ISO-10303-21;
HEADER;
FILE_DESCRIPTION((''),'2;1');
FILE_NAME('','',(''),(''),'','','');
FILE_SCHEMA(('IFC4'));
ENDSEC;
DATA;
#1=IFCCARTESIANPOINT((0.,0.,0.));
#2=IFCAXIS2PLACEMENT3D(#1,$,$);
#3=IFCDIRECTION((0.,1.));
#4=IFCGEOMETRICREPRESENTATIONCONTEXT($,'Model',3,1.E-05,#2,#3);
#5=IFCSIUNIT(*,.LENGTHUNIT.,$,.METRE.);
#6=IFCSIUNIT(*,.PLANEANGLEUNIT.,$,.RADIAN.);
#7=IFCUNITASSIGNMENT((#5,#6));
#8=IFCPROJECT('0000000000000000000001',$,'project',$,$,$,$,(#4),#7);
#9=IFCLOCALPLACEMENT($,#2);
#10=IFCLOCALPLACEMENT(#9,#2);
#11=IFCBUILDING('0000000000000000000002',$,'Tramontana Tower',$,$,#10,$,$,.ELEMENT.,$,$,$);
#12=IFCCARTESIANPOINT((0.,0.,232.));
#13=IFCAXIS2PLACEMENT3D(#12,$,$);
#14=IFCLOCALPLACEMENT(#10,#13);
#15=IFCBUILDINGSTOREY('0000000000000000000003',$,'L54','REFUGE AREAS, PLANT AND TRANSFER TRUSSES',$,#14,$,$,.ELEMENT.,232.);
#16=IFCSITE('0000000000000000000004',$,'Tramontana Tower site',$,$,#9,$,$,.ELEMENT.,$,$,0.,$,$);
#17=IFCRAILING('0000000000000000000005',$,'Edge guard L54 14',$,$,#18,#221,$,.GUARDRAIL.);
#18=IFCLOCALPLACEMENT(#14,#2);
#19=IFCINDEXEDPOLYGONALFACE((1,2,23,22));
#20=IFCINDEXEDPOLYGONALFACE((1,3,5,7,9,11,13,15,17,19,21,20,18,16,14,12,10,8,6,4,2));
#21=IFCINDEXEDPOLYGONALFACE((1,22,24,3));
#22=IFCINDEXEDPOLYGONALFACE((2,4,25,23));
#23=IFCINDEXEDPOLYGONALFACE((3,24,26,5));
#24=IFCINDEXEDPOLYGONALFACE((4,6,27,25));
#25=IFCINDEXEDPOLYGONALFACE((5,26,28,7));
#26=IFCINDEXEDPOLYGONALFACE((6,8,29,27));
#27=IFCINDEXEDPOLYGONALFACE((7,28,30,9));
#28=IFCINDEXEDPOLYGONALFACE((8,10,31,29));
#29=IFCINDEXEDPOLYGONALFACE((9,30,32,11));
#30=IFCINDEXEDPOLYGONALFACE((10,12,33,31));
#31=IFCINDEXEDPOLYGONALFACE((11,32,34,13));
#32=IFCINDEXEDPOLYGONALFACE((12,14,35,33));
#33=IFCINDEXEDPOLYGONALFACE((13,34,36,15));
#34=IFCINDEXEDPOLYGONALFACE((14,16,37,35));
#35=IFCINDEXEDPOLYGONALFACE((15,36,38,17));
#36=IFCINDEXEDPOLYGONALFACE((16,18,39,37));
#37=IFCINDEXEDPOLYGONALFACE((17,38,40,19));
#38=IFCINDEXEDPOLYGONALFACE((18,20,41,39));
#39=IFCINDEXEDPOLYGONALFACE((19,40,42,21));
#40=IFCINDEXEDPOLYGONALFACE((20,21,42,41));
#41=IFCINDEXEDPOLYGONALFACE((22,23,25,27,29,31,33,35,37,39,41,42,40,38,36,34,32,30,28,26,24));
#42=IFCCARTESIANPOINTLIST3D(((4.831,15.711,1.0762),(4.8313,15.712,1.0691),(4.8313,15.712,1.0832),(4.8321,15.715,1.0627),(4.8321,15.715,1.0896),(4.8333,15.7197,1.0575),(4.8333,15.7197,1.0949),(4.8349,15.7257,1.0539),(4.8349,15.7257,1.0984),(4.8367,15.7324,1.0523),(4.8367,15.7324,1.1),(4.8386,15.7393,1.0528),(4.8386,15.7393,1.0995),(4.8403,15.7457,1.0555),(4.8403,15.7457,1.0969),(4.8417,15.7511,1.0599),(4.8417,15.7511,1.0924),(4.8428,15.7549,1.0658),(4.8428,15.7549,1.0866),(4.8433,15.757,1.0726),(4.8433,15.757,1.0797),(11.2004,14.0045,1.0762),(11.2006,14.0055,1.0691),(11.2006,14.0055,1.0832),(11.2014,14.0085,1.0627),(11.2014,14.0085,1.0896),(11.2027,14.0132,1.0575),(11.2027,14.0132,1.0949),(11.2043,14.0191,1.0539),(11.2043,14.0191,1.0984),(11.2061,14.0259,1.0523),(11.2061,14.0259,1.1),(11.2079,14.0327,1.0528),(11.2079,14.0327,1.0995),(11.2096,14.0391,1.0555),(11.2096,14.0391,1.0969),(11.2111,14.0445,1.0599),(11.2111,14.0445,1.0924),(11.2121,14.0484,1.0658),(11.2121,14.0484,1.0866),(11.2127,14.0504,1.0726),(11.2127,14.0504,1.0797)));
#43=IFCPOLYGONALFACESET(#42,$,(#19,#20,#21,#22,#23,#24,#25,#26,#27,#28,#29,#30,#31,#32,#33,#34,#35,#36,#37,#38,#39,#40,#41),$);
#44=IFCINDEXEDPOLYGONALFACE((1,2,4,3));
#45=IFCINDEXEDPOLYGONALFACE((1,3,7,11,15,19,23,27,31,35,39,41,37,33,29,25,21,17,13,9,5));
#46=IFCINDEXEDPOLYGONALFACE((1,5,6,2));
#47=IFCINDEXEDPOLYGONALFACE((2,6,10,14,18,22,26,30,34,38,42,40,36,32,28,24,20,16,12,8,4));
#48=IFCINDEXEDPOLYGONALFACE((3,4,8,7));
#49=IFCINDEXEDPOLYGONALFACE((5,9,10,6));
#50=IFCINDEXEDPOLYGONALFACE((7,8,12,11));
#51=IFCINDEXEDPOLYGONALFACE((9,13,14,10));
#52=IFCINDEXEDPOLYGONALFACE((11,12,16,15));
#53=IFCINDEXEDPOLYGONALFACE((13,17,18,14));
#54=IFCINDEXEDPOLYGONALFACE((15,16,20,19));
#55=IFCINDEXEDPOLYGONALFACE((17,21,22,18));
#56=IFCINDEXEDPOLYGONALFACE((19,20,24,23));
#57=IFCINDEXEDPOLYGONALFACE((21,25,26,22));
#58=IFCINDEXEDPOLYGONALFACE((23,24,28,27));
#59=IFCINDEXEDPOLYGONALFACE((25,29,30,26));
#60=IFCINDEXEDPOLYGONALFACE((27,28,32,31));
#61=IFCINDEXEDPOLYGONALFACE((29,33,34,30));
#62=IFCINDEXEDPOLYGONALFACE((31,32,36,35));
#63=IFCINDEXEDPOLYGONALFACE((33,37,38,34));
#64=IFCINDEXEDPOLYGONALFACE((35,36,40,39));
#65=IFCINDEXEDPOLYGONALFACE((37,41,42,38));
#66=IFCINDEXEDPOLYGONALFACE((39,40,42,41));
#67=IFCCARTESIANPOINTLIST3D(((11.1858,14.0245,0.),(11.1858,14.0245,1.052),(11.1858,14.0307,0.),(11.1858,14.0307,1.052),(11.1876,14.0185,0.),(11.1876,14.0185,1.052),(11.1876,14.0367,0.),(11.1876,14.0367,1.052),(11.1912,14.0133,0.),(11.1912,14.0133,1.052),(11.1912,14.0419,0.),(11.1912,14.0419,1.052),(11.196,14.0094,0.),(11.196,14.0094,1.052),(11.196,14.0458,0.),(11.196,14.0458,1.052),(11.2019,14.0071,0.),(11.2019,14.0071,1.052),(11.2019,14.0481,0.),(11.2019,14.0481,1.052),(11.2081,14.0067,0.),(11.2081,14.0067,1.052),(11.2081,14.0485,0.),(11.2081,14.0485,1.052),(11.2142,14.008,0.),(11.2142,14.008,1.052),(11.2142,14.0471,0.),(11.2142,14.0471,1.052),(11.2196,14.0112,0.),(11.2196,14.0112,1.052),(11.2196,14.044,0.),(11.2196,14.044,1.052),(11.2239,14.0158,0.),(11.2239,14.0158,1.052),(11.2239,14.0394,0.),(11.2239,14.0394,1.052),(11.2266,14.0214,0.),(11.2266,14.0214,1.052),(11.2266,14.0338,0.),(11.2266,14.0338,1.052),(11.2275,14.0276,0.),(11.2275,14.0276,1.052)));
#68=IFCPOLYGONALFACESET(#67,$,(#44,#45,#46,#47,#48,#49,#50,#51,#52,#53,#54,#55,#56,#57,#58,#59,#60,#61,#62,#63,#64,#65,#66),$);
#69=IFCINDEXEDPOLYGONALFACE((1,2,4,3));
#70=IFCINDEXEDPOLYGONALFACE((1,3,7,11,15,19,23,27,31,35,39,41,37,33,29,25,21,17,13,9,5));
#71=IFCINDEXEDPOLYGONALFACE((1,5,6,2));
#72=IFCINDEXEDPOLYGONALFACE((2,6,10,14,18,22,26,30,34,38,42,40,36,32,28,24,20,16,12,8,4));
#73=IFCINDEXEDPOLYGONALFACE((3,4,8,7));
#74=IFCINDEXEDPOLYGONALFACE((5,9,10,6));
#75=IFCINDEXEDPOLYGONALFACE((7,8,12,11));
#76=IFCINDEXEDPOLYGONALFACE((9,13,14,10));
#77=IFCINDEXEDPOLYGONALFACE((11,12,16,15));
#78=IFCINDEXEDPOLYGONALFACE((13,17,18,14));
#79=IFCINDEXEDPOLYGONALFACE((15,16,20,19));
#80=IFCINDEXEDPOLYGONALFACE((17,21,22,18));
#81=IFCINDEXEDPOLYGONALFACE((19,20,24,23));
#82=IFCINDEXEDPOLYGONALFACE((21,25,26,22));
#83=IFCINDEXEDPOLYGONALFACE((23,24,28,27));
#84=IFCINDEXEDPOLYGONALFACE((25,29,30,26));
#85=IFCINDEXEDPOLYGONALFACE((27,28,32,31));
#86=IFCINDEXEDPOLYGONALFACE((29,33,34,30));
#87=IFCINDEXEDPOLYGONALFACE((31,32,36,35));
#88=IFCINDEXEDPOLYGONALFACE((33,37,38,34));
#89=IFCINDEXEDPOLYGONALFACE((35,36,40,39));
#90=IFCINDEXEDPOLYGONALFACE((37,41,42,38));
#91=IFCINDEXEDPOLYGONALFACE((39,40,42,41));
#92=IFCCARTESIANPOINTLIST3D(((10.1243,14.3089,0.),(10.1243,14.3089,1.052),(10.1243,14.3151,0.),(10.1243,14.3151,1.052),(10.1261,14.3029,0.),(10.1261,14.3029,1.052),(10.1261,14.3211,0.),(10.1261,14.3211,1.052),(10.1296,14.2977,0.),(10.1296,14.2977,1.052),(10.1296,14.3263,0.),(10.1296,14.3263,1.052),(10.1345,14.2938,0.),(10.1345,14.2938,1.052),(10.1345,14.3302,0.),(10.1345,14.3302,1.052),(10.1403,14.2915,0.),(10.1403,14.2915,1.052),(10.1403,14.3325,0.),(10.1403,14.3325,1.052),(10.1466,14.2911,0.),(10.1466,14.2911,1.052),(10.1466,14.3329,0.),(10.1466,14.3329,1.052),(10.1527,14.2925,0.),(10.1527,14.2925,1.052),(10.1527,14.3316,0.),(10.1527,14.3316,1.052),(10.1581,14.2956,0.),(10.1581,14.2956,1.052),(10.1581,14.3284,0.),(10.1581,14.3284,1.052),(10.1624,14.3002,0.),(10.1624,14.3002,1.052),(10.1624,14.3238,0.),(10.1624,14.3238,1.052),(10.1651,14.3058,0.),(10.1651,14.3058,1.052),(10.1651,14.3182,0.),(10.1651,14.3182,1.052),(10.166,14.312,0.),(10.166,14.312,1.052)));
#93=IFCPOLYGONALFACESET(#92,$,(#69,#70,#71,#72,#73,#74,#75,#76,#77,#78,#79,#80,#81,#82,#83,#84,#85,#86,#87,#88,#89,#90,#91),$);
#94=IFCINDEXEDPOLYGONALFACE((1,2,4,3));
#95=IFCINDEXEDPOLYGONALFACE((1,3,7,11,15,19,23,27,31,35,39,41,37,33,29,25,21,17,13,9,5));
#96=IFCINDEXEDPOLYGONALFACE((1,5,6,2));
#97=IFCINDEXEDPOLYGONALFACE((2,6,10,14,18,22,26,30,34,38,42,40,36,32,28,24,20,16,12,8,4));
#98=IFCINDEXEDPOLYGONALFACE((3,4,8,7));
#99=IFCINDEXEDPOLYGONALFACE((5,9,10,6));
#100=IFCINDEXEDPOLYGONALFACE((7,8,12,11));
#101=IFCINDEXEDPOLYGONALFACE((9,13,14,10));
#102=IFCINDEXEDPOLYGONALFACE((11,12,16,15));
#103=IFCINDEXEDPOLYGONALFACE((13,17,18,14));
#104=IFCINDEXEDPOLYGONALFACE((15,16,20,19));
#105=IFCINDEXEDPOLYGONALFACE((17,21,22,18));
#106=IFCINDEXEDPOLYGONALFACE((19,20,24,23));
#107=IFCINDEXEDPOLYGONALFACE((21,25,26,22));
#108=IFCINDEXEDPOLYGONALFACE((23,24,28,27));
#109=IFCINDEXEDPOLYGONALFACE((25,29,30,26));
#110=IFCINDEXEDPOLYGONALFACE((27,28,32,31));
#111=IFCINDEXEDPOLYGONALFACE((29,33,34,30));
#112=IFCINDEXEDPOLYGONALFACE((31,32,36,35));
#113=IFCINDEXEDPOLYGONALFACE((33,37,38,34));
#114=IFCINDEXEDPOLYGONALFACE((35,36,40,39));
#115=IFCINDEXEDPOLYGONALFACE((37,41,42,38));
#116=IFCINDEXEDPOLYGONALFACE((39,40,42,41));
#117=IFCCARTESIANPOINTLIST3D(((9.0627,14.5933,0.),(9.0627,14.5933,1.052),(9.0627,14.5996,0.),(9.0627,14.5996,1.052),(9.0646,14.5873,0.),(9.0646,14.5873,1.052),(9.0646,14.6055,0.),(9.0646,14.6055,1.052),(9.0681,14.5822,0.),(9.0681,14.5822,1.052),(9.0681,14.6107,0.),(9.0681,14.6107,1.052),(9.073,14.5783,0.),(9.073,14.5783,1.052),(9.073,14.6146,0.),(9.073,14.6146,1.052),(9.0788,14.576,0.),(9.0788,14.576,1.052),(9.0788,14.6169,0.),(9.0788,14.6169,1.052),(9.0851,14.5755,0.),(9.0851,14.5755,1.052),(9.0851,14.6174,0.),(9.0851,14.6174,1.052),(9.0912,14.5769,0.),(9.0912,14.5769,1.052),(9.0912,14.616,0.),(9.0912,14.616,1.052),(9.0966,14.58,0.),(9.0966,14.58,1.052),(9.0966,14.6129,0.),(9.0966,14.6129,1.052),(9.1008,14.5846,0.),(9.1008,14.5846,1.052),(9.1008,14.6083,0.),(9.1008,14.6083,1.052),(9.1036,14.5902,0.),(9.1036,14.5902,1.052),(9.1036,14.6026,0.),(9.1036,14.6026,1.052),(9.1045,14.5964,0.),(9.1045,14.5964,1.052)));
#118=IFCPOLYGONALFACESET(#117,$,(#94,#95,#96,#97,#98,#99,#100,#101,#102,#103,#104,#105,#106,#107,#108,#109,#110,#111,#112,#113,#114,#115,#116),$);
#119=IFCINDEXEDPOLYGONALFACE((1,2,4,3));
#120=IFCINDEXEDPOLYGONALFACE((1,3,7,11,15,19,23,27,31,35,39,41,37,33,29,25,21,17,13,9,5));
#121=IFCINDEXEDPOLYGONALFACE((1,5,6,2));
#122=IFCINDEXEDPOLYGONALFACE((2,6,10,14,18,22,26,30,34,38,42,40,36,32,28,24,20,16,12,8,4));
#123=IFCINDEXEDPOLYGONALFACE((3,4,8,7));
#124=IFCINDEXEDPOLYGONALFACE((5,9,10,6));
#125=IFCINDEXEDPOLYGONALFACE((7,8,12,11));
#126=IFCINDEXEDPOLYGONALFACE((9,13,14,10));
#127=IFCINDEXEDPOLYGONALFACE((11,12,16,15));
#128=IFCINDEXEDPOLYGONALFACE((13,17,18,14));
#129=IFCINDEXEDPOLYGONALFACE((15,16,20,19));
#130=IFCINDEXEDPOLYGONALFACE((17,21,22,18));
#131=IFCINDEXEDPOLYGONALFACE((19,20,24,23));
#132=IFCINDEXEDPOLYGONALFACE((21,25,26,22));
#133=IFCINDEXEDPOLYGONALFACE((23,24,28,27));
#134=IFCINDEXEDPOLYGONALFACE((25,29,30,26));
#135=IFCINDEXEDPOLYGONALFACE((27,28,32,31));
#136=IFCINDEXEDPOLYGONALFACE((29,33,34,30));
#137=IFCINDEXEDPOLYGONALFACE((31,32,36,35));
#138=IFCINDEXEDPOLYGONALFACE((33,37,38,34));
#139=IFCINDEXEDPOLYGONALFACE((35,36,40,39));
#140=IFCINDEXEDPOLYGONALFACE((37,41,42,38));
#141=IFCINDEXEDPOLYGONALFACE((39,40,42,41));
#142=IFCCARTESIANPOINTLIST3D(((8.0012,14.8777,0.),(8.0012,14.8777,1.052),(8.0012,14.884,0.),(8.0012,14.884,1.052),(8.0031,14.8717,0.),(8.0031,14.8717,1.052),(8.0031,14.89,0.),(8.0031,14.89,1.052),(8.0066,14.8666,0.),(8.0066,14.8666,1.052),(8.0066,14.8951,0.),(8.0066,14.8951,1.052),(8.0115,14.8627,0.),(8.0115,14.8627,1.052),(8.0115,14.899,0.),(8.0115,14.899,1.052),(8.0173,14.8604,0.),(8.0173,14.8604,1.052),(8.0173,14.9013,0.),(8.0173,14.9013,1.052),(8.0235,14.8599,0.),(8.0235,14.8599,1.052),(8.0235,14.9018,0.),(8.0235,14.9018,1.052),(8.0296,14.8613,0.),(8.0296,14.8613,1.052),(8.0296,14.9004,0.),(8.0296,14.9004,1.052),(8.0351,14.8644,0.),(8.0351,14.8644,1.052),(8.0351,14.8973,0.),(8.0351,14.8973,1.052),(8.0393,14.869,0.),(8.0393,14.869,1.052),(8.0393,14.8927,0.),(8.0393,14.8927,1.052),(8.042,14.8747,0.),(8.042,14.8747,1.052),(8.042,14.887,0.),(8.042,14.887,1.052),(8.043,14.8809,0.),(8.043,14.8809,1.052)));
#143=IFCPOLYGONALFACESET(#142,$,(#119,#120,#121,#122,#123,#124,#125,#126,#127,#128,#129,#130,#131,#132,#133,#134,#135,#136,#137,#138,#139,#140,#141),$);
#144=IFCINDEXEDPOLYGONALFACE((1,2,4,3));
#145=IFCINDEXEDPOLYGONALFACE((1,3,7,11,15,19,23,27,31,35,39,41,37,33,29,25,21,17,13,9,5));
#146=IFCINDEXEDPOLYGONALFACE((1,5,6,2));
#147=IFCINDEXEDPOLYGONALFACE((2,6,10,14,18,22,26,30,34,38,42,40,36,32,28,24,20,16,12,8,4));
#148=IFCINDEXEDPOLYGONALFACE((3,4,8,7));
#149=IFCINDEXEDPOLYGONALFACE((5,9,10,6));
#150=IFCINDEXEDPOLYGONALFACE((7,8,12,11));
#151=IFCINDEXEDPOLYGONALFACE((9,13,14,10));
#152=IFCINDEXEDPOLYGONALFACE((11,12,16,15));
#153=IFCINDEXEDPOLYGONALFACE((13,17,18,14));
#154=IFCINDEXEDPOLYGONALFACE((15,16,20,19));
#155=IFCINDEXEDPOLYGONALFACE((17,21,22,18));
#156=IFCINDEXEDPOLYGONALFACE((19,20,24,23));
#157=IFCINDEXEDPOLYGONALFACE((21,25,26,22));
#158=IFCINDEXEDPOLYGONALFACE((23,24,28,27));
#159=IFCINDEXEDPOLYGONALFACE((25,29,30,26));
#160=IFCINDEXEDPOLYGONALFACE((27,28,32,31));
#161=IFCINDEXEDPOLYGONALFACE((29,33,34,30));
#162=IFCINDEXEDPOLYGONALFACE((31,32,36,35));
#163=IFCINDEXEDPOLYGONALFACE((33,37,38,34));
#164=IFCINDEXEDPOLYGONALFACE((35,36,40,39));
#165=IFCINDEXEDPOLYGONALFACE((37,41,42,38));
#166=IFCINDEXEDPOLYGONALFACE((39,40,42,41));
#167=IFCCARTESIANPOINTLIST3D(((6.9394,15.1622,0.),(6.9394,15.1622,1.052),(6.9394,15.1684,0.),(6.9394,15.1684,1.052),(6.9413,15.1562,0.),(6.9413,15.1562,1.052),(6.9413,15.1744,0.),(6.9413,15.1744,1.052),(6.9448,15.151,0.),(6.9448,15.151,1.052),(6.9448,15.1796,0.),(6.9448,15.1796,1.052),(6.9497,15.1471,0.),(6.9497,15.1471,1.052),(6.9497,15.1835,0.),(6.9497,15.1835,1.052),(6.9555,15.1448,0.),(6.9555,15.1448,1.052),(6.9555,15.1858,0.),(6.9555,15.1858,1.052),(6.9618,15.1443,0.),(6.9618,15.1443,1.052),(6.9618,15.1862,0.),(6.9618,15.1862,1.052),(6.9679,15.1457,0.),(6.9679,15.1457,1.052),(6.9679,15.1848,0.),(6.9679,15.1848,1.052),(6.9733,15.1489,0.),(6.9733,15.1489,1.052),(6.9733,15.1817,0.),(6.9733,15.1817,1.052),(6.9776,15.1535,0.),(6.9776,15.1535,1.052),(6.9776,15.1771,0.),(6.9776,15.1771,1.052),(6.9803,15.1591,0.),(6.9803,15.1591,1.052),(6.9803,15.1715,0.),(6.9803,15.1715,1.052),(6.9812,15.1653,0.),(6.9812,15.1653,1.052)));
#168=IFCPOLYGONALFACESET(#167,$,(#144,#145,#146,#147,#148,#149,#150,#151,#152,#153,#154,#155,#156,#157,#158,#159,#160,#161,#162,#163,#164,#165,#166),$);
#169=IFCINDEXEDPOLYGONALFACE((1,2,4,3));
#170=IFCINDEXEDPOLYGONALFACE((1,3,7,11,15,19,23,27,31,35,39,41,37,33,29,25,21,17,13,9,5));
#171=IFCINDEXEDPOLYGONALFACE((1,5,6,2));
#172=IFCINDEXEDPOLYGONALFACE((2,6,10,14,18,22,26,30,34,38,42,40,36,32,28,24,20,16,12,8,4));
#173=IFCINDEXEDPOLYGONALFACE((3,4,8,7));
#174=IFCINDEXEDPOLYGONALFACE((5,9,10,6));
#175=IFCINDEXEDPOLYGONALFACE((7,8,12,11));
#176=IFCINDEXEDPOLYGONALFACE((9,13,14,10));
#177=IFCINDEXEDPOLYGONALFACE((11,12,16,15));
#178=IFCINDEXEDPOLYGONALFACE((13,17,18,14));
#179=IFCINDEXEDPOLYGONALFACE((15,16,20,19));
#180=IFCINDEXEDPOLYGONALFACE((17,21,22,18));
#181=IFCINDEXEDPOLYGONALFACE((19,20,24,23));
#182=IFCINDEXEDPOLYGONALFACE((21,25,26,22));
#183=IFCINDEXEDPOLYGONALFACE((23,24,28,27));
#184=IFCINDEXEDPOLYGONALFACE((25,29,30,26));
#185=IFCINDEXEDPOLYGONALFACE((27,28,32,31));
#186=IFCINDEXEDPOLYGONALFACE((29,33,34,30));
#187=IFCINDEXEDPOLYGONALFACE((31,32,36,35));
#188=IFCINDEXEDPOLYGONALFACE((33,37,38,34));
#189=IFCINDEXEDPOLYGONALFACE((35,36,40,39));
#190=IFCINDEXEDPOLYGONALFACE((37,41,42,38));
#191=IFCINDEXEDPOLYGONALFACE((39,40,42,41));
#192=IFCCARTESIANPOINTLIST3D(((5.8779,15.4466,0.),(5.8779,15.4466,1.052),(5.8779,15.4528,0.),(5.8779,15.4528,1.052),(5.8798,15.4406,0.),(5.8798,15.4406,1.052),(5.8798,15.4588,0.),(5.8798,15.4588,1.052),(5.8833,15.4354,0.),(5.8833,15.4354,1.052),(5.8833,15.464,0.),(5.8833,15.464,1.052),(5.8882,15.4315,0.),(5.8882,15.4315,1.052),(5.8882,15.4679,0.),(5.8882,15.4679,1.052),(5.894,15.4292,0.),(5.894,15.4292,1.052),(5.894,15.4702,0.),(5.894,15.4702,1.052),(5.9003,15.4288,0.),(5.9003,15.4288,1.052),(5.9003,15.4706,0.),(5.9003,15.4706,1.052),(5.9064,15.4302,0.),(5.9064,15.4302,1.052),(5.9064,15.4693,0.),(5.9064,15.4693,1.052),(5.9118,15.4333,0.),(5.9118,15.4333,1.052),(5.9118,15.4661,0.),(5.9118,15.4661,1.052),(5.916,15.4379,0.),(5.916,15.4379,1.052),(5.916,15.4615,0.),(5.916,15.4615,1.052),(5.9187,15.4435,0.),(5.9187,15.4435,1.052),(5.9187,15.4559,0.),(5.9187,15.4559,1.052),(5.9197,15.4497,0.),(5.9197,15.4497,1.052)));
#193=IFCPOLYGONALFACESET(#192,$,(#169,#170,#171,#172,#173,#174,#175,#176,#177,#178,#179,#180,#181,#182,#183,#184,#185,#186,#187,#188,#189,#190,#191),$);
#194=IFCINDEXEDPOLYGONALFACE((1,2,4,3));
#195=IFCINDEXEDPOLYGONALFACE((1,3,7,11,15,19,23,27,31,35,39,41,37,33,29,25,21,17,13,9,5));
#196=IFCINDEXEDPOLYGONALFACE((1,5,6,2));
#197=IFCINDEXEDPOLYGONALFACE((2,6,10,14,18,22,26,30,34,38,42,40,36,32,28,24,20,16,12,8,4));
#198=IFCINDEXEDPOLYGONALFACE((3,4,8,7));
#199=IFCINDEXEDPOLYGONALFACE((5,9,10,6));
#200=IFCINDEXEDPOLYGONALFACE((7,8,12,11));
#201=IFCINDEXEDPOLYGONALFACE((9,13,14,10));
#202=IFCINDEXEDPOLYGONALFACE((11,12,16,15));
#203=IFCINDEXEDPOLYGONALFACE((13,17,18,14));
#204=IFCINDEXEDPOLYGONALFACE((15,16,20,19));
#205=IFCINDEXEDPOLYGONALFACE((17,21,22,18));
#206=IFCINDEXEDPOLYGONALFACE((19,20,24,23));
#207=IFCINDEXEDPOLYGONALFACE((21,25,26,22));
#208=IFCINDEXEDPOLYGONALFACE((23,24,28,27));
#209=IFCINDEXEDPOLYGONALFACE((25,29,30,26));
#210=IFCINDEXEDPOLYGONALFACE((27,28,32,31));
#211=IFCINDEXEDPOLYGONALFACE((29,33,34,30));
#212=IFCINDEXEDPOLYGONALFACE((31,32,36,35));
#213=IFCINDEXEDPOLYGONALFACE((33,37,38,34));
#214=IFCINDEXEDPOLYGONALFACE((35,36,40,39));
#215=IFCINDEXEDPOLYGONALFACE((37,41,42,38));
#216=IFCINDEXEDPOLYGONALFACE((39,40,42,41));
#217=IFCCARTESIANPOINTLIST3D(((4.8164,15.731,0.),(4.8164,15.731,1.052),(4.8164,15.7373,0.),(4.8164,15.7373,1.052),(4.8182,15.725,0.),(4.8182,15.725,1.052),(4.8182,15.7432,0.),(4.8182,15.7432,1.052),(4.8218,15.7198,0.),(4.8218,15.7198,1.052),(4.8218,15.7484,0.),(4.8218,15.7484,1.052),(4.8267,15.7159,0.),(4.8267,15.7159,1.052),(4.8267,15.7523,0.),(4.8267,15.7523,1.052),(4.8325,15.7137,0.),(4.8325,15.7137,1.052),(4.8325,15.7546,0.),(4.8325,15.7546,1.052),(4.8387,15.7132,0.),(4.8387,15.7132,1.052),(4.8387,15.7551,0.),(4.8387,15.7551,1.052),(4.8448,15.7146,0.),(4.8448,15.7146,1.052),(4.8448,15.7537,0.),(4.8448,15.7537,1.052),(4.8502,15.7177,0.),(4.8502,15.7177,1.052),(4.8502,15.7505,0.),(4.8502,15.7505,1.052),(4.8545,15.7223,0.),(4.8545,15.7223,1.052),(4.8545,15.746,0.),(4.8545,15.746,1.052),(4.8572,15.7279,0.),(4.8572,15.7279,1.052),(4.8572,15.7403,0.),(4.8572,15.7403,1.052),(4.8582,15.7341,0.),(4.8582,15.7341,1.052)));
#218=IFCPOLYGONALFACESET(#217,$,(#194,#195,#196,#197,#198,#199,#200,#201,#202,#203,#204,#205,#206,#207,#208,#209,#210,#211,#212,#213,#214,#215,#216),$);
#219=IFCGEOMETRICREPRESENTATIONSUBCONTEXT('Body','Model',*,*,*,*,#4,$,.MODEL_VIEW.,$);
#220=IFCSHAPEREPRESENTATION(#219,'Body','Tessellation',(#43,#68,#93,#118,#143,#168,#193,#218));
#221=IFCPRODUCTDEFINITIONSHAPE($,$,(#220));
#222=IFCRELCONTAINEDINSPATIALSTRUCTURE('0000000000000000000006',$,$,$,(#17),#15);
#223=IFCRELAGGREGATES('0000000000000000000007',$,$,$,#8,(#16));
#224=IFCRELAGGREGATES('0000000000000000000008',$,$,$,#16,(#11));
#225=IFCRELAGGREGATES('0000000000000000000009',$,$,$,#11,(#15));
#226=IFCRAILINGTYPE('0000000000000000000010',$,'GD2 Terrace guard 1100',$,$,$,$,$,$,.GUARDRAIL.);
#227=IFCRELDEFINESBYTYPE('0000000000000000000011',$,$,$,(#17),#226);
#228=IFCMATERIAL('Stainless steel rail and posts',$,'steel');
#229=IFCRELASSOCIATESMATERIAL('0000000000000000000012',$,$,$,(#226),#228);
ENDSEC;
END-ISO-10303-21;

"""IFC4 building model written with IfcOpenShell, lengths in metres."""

from ifc_helpers import new_model, si_unit, direction, frame, origin, origin_2d, place, context, subcontext, project, spatial, circle, extrude, material, type_object, element, save


model = new_model("IFC4")

# Units and contexts
model_context = context("Model", 3, precision=1e-05, world=origin(), true_north=direction((0.0, 1.0)))
body_context = subcontext(model_context, "Body", "Model", "MODEL_VIEW")
ifc_project = project(units=[si_unit("LENGTHUNIT", "METRE"), si_unit("PLANEANGLEUNIT", "RADIAN")], contexts=[model_context])

# Site, building, storey
site_placement = place(None, origin())
site = spatial("IfcSite", under=ifc_project, at=site_placement, Name="Tramontana Tower site", CompositionType="ELEMENT", RefElevation=0.0)
building_placement = place(site_placement, origin())
building = spatial("IfcBuilding", under=site, at=building_placement, Name="Tramontana Tower", CompositionType="ELEMENT")
storey_placement = place(building_placement, frame((0.0, 0.0, 232.0)))
storey = spatial("IfcBuildingStorey", under=building, at=storey_placement, Name="L54", Description="REFUGE AREAS, PLANT AND TRANSFER TRUSSES", CompositionType="ELEMENT", Elevation=232.0)

# Railing
ifc_material_1 = material(Name="Stainless steel rail and posts", Category="steel")
railing_type = type_object("IfcRailingType", Name="GD2 Terrace guard 1100", PredefinedType="GUARDRAIL", material=ifc_material_1)
railing_1_placement = place(storey_placement, frame((11.2065, 14.0276, 0.0)))
element("IfcRailing", 1, at=railing_1_placement, inside=storey, type_object=railing_type, Name="Edge guard L54 14", PredefinedType="GUARDRAIL", context=body_context, shape_type="SweptSolid", body=[
    extrude(circle(Radius=0.0239, at=origin_2d()), frame((0.0, 0.0, 1.0762), z_axis=(-0.965931, 0.258801, 0.0), x_axis=(-0.258801, -0.965931, 0.0)), (0.0, 0.0, 1.0), 6.594),
    extrude(circle(Radius=0.021, at=origin_2d()), origin(), (0.0, 0.0, 1.0), 1.052),
    extrude(circle(Radius=0.021, at=origin_2d()), frame((-1.0615, 0.2844, 0.0)), (0.0, 0.0, 1.0), 1.052),
    extrude(circle(Radius=0.021, at=origin_2d()), frame((-2.123, 0.5688, 0.0)), (0.0, 0.0, 1.0), 1.052),
    extrude(circle(Radius=0.021, at=origin_2d()), frame((-3.1846, 0.8533, 0.0)), (0.0, 0.0, 1.0), 1.052),
    extrude(circle(Radius=0.021, at=origin_2d()), frame((-4.2463, 1.1377, 0.0)), (0.0, 0.0, 1.0), 1.052),
    extrude(circle(Radius=0.021, at=origin_2d()), frame((-5.3079, 1.4221, 0.0)), (0.0, 0.0, 1.0), 1.052),
    extrude(circle(Radius=0.021, at=origin_2d()), frame((-6.3694, 1.7065, 0.0)), (0.0, 0.0, 1.0), 1.052),
])

save(model, "model.ifc")
